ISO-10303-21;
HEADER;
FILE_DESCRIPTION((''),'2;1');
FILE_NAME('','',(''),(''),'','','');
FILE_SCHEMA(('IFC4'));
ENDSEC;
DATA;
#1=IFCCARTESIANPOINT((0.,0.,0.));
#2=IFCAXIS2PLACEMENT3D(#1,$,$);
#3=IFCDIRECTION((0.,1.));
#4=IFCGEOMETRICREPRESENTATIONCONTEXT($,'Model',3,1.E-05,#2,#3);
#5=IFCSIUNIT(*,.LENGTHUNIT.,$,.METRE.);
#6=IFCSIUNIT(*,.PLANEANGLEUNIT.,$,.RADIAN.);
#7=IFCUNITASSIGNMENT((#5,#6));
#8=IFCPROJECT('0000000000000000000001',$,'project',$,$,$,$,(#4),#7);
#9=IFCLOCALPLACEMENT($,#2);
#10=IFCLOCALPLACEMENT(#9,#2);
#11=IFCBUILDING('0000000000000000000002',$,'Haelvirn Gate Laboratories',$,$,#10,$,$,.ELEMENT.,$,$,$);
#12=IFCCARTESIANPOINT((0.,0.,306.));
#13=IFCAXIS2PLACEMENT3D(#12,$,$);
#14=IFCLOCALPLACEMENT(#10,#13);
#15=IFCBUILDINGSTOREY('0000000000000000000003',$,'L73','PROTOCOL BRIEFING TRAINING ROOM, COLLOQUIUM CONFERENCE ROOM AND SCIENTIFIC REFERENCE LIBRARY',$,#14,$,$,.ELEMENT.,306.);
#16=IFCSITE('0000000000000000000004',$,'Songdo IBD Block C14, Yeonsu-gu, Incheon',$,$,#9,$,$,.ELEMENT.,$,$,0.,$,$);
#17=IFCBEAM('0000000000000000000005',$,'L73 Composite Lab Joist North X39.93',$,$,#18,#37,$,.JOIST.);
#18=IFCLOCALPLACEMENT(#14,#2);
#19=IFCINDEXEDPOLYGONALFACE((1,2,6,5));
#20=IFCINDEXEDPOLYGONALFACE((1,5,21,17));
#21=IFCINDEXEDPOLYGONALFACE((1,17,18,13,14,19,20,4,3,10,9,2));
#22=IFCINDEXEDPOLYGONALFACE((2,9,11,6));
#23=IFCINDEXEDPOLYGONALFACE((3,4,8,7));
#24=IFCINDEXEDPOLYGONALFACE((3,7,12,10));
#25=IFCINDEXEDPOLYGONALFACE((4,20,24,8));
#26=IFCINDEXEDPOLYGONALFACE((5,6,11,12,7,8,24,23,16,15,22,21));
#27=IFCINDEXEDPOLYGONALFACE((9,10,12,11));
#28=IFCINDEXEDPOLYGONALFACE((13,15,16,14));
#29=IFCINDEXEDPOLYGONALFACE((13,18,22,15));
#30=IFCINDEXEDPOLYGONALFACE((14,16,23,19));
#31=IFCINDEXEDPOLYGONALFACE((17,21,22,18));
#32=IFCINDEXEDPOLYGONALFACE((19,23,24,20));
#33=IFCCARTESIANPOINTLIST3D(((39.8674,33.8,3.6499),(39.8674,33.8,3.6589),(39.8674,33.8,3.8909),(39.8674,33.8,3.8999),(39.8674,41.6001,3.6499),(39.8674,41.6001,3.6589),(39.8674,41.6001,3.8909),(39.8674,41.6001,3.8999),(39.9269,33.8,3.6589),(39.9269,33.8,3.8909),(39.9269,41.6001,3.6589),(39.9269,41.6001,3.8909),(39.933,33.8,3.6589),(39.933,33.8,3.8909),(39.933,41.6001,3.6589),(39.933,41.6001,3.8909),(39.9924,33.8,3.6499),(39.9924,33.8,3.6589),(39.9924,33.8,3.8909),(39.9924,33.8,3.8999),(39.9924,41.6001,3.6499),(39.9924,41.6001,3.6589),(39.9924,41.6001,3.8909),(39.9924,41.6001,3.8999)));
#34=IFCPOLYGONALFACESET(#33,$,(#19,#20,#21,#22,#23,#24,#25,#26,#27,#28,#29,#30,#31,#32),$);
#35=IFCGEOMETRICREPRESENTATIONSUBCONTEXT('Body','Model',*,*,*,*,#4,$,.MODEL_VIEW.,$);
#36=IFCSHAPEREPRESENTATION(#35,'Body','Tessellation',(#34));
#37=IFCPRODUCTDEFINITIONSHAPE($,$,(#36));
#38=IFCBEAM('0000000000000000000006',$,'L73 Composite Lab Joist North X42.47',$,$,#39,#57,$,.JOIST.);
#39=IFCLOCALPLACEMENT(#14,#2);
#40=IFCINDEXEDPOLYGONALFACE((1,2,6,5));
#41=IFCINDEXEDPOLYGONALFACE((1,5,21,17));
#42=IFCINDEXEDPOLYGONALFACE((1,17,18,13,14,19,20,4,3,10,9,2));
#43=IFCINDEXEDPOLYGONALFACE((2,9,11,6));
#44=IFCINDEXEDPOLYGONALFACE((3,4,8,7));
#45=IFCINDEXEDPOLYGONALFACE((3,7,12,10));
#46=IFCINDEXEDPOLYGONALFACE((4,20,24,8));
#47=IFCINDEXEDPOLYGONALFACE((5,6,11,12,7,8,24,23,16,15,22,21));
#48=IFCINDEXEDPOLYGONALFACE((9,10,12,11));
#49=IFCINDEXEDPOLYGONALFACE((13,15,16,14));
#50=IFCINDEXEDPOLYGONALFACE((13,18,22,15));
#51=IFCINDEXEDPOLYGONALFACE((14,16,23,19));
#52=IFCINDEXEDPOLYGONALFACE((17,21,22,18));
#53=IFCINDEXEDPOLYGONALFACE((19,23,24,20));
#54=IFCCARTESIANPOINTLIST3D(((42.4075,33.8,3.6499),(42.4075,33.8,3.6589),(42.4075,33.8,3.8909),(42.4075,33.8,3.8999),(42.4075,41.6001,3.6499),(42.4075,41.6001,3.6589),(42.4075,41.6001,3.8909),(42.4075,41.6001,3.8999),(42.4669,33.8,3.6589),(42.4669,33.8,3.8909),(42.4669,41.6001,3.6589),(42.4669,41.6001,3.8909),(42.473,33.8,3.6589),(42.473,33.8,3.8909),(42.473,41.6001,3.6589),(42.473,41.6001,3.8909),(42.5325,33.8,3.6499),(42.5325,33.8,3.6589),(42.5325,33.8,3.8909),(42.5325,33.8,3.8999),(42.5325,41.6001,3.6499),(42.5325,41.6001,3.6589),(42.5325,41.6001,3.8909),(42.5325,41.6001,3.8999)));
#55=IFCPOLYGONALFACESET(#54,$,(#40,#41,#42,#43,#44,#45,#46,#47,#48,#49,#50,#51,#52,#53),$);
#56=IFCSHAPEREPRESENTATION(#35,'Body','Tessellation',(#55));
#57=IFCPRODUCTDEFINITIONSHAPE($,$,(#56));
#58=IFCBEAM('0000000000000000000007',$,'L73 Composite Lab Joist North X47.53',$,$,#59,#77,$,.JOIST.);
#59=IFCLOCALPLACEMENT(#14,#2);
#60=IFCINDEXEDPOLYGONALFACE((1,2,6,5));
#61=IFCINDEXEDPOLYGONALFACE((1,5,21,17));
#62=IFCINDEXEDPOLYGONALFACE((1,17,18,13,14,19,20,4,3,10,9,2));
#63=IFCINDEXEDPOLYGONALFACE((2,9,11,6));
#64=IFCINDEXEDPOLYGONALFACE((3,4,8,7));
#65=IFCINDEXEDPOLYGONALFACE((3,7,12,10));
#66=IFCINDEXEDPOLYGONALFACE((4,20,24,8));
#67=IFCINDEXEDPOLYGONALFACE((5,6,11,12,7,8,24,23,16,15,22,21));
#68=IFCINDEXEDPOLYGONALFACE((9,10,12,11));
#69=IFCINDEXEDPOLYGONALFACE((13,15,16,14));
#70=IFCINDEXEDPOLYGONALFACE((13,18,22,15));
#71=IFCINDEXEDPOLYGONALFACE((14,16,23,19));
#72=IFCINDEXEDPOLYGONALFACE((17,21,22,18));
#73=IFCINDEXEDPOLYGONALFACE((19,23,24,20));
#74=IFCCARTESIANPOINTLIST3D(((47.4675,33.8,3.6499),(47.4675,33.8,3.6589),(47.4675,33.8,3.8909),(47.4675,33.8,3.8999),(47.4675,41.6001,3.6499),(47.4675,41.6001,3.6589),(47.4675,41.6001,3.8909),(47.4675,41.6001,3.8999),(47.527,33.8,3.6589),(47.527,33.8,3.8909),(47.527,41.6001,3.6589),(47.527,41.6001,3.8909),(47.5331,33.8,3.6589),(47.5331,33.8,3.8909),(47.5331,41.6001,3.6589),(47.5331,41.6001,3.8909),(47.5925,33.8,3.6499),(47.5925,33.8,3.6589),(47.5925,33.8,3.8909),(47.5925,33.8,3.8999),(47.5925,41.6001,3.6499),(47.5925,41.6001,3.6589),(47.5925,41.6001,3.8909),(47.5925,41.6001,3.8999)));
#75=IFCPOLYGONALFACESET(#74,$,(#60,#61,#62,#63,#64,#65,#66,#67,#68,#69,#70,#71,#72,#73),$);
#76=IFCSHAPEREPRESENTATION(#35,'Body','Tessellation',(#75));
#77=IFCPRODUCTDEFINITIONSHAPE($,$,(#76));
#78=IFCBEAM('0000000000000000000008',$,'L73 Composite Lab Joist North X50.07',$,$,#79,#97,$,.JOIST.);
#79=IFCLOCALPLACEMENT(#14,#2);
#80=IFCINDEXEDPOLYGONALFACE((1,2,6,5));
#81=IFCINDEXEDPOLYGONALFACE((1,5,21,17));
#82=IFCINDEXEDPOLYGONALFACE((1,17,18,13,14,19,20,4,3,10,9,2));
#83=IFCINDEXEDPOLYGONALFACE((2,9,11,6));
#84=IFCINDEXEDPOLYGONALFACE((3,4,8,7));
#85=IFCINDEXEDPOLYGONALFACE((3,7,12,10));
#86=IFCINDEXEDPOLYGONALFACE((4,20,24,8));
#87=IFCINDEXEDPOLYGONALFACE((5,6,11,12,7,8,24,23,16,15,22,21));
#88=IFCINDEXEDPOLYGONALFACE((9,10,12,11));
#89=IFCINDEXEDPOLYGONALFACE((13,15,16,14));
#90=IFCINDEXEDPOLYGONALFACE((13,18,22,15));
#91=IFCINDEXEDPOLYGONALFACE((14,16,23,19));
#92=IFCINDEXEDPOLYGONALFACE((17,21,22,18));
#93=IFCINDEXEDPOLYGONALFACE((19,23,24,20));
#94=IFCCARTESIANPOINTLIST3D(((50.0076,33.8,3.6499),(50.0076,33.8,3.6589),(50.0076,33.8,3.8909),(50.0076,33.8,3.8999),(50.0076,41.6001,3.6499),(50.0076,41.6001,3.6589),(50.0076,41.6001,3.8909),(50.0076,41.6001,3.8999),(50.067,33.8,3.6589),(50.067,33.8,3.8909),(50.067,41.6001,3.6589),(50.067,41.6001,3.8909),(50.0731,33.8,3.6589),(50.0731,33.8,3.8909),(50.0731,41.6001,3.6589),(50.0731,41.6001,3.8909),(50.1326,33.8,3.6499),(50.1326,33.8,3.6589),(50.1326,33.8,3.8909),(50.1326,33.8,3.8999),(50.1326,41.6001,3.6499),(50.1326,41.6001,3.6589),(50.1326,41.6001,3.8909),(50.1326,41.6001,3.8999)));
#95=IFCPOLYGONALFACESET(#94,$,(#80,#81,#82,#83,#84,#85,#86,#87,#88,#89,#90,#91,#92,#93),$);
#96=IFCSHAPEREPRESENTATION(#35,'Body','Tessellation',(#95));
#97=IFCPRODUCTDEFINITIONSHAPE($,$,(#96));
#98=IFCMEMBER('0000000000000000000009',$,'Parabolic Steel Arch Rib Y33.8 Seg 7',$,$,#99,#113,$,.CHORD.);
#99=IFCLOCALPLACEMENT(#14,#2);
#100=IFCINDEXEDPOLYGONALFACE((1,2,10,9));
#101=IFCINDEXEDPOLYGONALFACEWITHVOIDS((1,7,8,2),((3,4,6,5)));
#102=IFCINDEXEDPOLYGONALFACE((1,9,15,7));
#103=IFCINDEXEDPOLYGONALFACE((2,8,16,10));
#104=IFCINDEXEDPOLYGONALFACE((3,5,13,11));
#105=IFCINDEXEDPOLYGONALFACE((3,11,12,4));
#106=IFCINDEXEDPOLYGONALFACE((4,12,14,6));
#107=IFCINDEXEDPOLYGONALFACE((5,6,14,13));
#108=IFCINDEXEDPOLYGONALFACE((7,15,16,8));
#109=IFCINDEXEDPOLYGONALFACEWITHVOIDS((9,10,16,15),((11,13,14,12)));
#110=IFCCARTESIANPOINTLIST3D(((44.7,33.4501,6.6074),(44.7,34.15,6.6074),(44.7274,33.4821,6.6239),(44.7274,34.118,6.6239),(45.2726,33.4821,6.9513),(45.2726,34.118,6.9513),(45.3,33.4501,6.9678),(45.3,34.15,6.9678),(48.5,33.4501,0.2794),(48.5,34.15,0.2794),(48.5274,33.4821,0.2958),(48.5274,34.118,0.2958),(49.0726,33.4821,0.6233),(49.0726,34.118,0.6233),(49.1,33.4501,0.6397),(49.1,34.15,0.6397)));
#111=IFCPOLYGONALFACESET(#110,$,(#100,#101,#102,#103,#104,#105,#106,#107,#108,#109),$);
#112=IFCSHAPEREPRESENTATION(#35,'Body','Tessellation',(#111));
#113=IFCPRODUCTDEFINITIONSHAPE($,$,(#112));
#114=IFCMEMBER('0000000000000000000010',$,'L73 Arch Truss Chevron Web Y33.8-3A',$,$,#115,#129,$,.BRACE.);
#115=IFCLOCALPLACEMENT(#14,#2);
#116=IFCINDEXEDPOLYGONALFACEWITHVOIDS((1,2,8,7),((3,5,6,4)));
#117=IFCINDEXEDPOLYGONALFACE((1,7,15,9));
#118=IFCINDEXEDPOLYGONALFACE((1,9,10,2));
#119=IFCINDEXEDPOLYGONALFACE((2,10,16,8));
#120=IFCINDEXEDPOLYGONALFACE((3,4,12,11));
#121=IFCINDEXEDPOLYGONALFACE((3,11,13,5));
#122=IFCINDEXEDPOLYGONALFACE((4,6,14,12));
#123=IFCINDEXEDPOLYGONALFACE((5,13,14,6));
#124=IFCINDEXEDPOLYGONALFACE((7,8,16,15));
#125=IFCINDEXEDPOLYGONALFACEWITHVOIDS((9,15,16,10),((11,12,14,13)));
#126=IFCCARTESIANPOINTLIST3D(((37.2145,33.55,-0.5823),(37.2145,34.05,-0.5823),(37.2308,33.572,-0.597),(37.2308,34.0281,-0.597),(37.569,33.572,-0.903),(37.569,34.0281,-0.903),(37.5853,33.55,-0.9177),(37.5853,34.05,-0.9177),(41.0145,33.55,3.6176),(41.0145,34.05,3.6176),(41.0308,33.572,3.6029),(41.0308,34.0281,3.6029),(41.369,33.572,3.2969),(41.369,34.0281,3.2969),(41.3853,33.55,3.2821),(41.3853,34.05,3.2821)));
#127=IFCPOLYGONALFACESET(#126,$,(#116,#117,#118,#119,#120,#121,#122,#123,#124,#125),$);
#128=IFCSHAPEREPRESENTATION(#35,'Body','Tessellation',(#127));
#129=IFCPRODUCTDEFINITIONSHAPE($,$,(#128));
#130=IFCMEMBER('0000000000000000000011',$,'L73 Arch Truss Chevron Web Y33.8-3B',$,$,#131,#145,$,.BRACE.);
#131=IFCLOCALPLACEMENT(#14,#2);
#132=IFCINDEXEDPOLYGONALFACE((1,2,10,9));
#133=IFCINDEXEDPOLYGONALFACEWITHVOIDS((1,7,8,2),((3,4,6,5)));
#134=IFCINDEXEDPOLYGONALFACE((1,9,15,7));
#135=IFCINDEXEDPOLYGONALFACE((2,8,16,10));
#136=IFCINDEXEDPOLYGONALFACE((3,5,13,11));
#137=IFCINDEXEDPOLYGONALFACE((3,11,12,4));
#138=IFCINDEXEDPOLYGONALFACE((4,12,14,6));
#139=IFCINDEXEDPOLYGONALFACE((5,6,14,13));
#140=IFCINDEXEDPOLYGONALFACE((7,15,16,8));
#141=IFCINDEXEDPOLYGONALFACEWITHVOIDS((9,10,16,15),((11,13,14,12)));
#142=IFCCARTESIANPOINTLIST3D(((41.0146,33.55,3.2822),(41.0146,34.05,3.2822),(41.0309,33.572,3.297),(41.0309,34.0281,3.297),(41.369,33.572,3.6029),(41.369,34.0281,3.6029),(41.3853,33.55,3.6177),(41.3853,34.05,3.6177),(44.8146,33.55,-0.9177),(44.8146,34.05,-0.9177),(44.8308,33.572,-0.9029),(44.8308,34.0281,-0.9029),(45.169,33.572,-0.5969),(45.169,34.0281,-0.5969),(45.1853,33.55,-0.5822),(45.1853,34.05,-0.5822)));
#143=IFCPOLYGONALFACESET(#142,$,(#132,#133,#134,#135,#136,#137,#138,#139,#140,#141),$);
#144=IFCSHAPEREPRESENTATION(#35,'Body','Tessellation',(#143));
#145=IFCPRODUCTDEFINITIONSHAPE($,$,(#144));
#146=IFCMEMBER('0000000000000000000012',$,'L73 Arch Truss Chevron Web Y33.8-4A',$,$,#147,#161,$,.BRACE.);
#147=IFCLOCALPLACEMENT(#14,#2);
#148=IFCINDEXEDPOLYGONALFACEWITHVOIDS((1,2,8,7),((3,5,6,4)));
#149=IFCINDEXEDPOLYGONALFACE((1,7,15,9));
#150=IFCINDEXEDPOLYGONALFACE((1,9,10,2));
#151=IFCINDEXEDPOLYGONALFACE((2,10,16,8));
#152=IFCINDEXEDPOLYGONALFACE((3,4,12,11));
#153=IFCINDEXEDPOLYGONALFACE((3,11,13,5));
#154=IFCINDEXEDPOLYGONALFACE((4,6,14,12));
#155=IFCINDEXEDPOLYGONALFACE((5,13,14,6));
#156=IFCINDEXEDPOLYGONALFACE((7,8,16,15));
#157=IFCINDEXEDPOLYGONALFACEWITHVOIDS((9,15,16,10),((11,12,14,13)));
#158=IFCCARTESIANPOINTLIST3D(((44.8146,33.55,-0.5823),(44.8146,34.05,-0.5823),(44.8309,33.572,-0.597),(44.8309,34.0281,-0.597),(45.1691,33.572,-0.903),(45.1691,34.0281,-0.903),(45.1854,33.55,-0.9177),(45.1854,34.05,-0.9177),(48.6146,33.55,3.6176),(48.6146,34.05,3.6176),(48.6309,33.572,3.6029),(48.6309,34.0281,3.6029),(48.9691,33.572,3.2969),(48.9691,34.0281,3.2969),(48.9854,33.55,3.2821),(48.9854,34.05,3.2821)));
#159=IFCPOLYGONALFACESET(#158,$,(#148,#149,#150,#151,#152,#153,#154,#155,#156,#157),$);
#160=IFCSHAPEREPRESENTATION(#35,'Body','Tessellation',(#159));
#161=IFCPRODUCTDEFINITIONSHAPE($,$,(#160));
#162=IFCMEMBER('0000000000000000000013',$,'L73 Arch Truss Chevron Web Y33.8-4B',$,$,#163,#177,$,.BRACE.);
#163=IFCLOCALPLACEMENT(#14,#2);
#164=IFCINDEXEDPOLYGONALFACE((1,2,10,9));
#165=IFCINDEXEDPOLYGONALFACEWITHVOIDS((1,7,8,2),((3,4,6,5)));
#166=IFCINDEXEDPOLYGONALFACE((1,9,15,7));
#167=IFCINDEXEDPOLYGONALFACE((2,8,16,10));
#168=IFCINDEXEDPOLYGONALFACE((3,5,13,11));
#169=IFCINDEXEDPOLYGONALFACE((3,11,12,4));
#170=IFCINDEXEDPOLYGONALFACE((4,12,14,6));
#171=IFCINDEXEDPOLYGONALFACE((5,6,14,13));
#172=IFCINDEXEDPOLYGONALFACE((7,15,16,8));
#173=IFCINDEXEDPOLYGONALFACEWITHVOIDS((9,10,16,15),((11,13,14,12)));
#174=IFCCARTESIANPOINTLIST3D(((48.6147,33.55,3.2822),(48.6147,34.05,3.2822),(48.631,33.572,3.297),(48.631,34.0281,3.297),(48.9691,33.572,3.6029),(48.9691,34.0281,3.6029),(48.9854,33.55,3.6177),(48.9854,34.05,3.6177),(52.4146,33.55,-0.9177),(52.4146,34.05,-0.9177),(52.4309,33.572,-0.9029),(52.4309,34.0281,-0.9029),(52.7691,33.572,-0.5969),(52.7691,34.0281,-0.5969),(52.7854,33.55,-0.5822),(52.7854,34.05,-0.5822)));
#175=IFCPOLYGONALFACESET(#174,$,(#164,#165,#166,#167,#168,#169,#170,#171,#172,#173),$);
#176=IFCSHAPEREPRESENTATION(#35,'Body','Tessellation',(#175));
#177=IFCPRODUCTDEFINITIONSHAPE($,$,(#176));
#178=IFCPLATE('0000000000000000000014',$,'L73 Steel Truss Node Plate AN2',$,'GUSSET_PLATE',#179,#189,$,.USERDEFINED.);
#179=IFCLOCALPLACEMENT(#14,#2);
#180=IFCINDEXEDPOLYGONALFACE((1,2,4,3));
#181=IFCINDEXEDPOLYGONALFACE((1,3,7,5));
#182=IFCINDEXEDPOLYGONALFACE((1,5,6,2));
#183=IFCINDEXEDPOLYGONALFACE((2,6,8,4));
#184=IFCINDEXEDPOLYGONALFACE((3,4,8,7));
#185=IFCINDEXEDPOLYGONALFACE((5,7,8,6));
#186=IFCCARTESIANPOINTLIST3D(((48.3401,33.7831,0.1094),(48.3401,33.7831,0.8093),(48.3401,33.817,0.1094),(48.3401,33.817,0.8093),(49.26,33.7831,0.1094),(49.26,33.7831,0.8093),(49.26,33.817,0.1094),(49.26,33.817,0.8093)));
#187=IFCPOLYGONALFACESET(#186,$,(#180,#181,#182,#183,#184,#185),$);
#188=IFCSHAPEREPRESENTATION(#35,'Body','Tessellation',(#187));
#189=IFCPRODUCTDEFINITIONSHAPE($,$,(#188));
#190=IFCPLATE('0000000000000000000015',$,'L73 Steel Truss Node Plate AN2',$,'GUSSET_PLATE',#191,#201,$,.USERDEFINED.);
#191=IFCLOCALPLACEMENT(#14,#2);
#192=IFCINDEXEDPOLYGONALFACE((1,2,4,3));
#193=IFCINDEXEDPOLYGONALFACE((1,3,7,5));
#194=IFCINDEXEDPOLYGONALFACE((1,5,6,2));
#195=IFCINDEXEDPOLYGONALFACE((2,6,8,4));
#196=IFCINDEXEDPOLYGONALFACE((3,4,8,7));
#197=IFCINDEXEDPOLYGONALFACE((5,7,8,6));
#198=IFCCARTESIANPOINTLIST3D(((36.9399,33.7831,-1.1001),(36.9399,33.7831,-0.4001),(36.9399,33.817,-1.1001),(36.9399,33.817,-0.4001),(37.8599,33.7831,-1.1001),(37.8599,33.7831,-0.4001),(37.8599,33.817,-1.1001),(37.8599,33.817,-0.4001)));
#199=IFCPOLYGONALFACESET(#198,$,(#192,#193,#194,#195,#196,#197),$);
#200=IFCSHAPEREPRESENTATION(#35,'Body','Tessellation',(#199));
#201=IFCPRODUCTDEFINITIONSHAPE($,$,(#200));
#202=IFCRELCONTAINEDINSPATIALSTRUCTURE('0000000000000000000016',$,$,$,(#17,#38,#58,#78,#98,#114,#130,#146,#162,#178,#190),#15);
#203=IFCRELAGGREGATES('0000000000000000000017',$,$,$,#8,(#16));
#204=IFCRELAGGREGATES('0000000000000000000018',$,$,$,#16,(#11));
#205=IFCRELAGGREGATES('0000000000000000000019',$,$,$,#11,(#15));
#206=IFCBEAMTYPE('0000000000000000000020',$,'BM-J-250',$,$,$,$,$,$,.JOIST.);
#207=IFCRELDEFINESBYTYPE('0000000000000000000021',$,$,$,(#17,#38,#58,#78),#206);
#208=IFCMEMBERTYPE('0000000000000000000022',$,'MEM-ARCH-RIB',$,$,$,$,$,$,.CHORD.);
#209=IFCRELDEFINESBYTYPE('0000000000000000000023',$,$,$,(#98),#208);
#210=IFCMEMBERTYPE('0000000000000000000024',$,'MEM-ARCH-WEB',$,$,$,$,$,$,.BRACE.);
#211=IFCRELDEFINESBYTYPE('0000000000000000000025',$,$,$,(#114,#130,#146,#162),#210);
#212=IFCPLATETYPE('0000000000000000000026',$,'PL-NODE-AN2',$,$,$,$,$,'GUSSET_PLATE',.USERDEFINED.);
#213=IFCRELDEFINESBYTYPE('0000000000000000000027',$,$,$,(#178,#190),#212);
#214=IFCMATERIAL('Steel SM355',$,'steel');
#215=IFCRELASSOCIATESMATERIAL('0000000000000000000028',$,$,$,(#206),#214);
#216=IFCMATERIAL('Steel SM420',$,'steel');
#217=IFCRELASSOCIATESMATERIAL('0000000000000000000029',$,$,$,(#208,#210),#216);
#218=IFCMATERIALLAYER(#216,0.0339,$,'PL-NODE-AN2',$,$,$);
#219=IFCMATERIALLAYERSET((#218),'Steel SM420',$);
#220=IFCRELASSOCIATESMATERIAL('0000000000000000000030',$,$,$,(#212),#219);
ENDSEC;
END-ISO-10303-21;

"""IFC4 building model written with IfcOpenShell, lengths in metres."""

from ifc_helpers import new_model, si_unit, direction, frame, origin, origin_2d, place, context, subcontext, project, spatial, rectangle, hollow_rectangle, i_section, extrude, source, transform, mapped, material, layer, layer_set, material_profile, profile_set, type_object, type_shapes, element, save


model = new_model("IFC4")

# Units and contexts
model_context = context("Model", 3, precision=1e-05, world=origin(), true_north=direction((0.0, 1.0)))
body_context = subcontext(model_context, "Body", "Model", "MODEL_VIEW")
ifc_project = project(units=[si_unit("LENGTHUNIT", "METRE"), si_unit("PLANEANGLEUNIT", "RADIAN")], contexts=[model_context])

# Site, building, storey
site_placement = place(None, origin())
site = spatial("IfcSite", under=ifc_project, at=site_placement, Name="Songdo IBD Block C14, Yeonsu-gu, Incheon", CompositionType="ELEMENT", RefElevation=0.0)
building_placement = place(site_placement, origin())
building = spatial("IfcBuilding", under=site, at=building_placement, Name="Haelvirn Gate Laboratories", CompositionType="ELEMENT")
storey_placement = place(building_placement, frame((0.0, 0.0, 306.0)))
storey = spatial("IfcBuildingStorey", under=building, at=storey_placement, Name="L73", Description="PROTOCOL BRIEFING TRAINING ROOM, COLLOQUIUM CONFERENCE ROOM AND SCIENTIFIC REFERENCE LIBRARY", CompositionType="ELEMENT", Elevation=306.0)

# Shared definitions
ifc_material_1 = material(Name="Steel SM355", Category="steel")

# Beams
ifc_material_2 = material(Name="Steel SM420", Category="steel")
ifc_material_profile_1 = material_profile(ifc_material_1, i_section(OverallWidth=0.125, OverallDepth=0.25, WebThickness=0.0061, FlangeThickness=0.009, at=origin_2d()), Name="H-250x125x6x9")
ifc_profile_set_1 = profile_set([ifc_material_profile_1], Name="Steel SM355")
beam_type_1 = type_object("IfcBeamType", Name="BM-J-250", PredefinedType="JOIST", material=ifc_profile_set_1)
shared_shape_1 = source(origin(), body_context, "Body", "SweptSolid", [
    extrude(i_section(OverallWidth=0.125, OverallDepth=0.25, WebThickness=0.0061, FlangeThickness=0.009, at=origin_2d()), origin(), (0.0, 0.0, 1.0), 7.8),
])
type_shapes(beam_type_1, [shared_shape_1])
for number, where, z_axis, x_axis, name in (
    (1, (39.9299, 33.8, 3.7749), (0.0, 1.0, 0.0), (-1.0, 0.0, 0.0), "L73 Composite Lab Joist North X39.93"),
    (2, (42.47, 33.8, 3.7749), (0.0, 1.0, 0.0), (-1.0, 0.0, 0.0), "L73 Composite Lab Joist North X42.47"),
    (3, (47.53, 33.8, 3.7749), (0.0, 1.0, 0.0), (-1.0, 0.0, 0.0), "L73 Composite Lab Joist North X47.53"),
    (4, (50.0701, 33.8, 3.7749), (0.0, 1.0, 0.0), (-1.0, 0.0, 0.0), "L73 Composite Lab Joist North X50.07"),
):
    element("IfcBeam", number, at=place(storey_placement, frame(where, z_axis=z_axis, x_axis=x_axis)), inside=storey, type_object=beam_type_1, Name=name, PredefinedType="JOIST", context=body_context, shape_type="MappedRepresentation", body=[
        mapped(shared_shape_1, transform((0.0, 0.0, 0.0), scale=1.0)),
    ])

# Members
ifc_material_profile_2 = material_profile(ifc_material_2, hollow_rectangle(XDim=0.7, YDim=0.7, WallThickness=0.032, at=origin_2d()), Name="BOX-700x700x32")
ifc_profile_set_2 = profile_set([ifc_material_profile_2], Name="Steel SM420")
member_type_1 = type_object("IfcMemberType", Name="MEM-ARCH-RIB", PredefinedType="CHORD", material=ifc_profile_set_2)
shared_shape_2 = source(origin(), body_context, "Body", "SweptSolid", [
    extrude(hollow_rectangle(XDim=0.7, YDim=0.7, WallThickness=0.032, at=origin_2d()), origin(), (0.0, 0.0, 1.0), 7.3813),
])
type_shapes(member_type_1, [shared_shape_2])
member_placement = place(storey_placement, frame((45.0, 33.8, 6.7876), z_axis=(0.514812, 0.0, -0.857303), x_axis=(0.0, 1.0, 0.0)))
element("IfcMember", 5, at=member_placement, inside=storey, type_object=member_type_1, Name="Parabolic Steel Arch Rib Y33.8 Seg 7", PredefinedType="CHORD", context=body_context, shape_type="MappedRepresentation", body=[
    mapped(shared_shape_2, transform((0.0, 0.0, 0.0), scale=1.0)),
])
ifc_material_profile_3 = material_profile(ifc_material_2, hollow_rectangle(XDim=0.5, YDim=0.5, WallThickness=0.022, at=origin_2d()), Name="BOX-500x500x22")
ifc_profile_set_3 = profile_set([ifc_material_profile_3], Name="Steel SM420")
member_type_2 = type_object("IfcMemberType", Name="MEM-ARCH-WEB", PredefinedType="BRACE", material=ifc_profile_set_3)
shared_shape_3 = source(origin(), body_context, "Body", "SweptSolid", [
    extrude(hollow_rectangle(XDim=0.5, YDim=0.5, WallThickness=0.022, at=origin_2d()), origin(), (0.0, 0.0, 1.0), 5.6638),
])
type_shapes(member_type_2, [shared_shape_3])
for number, where, z_axis, x_axis, name in (
    (6, (37.3999, 33.8, -0.75), (0.670922, 0.0, 0.741528), (0.0, 1.0, 0.0), "L73 Arch Truss Chevron Web Y33.8-3A"),
    (7, (41.2, 33.8, 3.45), (0.670922, 0.0, -0.741528), (0.0, 1.0, 0.0), "L73 Arch Truss Chevron Web Y33.8-3B"),
    (8, (45.0, 33.8, -0.75), (0.670922, 0.0, 0.741528), (0.0, 1.0, 0.0), "L73 Arch Truss Chevron Web Y33.8-4A"),
    (9, (48.8, 33.8, 3.45), (0.670922, 0.0, -0.741528), (0.0, 1.0, 0.0), "L73 Arch Truss Chevron Web Y33.8-4B"),
):
    element("IfcMember", number, at=place(storey_placement, frame(where, z_axis=z_axis, x_axis=x_axis)), inside=storey, type_object=member_type_2, Name=name, PredefinedType="BRACE", context=body_context, shape_type="MappedRepresentation", body=[
        mapped(shared_shape_3, transform((0.0, 0.0, 0.0), scale=1.0)),
    ])

# Plates
ifc_layer = layer(ifc_material_2, 0.0339, Name="PL-NODE-AN2")
ifc_layer_set = layer_set([ifc_layer], Name="Steel SM420")
plate_type = type_object("IfcPlateType", Name="PL-NODE-AN2", ElementType="GUSSET_PLATE", PredefinedType="USERDEFINED", material=ifc_layer_set)
shared_shape_4 = source(origin(), body_context, "Body", "SweptSolid", [
    extrude(rectangle(XDim=0.9199, YDim=0.0339, at=origin_2d()), origin(), (0.0, 0.0, 1.0), 0.7),
])
type_shapes(plate_type, [shared_shape_4])
for number, where, z_axis, x_axis, name in (
    (10, (48.8, 33.8, 0.1094), (0.0, 0.0, 1.0), (1.0, 0.0, 0.0), "L73 Steel Truss Node Plate AN2"),
    (11, (37.3999, 33.8, -1.1001), (0.0, 0.0, 1.0), (1.0, 0.0, 0.0), "L73 Steel Truss Node Plate AN2"),
):
    element("IfcPlate", number, at=place(storey_placement, frame(where, z_axis=z_axis, x_axis=x_axis)), inside=storey, type_object=plate_type, Name=name, ObjectType="GUSSET_PLATE", PredefinedType="USERDEFINED", context=body_context, shape_type="MappedRepresentation", body=[
        mapped(shared_shape_4, transform((0.0, 0.0, 0.0), scale=1.0)),
    ])

save(model, "model.ifc")
